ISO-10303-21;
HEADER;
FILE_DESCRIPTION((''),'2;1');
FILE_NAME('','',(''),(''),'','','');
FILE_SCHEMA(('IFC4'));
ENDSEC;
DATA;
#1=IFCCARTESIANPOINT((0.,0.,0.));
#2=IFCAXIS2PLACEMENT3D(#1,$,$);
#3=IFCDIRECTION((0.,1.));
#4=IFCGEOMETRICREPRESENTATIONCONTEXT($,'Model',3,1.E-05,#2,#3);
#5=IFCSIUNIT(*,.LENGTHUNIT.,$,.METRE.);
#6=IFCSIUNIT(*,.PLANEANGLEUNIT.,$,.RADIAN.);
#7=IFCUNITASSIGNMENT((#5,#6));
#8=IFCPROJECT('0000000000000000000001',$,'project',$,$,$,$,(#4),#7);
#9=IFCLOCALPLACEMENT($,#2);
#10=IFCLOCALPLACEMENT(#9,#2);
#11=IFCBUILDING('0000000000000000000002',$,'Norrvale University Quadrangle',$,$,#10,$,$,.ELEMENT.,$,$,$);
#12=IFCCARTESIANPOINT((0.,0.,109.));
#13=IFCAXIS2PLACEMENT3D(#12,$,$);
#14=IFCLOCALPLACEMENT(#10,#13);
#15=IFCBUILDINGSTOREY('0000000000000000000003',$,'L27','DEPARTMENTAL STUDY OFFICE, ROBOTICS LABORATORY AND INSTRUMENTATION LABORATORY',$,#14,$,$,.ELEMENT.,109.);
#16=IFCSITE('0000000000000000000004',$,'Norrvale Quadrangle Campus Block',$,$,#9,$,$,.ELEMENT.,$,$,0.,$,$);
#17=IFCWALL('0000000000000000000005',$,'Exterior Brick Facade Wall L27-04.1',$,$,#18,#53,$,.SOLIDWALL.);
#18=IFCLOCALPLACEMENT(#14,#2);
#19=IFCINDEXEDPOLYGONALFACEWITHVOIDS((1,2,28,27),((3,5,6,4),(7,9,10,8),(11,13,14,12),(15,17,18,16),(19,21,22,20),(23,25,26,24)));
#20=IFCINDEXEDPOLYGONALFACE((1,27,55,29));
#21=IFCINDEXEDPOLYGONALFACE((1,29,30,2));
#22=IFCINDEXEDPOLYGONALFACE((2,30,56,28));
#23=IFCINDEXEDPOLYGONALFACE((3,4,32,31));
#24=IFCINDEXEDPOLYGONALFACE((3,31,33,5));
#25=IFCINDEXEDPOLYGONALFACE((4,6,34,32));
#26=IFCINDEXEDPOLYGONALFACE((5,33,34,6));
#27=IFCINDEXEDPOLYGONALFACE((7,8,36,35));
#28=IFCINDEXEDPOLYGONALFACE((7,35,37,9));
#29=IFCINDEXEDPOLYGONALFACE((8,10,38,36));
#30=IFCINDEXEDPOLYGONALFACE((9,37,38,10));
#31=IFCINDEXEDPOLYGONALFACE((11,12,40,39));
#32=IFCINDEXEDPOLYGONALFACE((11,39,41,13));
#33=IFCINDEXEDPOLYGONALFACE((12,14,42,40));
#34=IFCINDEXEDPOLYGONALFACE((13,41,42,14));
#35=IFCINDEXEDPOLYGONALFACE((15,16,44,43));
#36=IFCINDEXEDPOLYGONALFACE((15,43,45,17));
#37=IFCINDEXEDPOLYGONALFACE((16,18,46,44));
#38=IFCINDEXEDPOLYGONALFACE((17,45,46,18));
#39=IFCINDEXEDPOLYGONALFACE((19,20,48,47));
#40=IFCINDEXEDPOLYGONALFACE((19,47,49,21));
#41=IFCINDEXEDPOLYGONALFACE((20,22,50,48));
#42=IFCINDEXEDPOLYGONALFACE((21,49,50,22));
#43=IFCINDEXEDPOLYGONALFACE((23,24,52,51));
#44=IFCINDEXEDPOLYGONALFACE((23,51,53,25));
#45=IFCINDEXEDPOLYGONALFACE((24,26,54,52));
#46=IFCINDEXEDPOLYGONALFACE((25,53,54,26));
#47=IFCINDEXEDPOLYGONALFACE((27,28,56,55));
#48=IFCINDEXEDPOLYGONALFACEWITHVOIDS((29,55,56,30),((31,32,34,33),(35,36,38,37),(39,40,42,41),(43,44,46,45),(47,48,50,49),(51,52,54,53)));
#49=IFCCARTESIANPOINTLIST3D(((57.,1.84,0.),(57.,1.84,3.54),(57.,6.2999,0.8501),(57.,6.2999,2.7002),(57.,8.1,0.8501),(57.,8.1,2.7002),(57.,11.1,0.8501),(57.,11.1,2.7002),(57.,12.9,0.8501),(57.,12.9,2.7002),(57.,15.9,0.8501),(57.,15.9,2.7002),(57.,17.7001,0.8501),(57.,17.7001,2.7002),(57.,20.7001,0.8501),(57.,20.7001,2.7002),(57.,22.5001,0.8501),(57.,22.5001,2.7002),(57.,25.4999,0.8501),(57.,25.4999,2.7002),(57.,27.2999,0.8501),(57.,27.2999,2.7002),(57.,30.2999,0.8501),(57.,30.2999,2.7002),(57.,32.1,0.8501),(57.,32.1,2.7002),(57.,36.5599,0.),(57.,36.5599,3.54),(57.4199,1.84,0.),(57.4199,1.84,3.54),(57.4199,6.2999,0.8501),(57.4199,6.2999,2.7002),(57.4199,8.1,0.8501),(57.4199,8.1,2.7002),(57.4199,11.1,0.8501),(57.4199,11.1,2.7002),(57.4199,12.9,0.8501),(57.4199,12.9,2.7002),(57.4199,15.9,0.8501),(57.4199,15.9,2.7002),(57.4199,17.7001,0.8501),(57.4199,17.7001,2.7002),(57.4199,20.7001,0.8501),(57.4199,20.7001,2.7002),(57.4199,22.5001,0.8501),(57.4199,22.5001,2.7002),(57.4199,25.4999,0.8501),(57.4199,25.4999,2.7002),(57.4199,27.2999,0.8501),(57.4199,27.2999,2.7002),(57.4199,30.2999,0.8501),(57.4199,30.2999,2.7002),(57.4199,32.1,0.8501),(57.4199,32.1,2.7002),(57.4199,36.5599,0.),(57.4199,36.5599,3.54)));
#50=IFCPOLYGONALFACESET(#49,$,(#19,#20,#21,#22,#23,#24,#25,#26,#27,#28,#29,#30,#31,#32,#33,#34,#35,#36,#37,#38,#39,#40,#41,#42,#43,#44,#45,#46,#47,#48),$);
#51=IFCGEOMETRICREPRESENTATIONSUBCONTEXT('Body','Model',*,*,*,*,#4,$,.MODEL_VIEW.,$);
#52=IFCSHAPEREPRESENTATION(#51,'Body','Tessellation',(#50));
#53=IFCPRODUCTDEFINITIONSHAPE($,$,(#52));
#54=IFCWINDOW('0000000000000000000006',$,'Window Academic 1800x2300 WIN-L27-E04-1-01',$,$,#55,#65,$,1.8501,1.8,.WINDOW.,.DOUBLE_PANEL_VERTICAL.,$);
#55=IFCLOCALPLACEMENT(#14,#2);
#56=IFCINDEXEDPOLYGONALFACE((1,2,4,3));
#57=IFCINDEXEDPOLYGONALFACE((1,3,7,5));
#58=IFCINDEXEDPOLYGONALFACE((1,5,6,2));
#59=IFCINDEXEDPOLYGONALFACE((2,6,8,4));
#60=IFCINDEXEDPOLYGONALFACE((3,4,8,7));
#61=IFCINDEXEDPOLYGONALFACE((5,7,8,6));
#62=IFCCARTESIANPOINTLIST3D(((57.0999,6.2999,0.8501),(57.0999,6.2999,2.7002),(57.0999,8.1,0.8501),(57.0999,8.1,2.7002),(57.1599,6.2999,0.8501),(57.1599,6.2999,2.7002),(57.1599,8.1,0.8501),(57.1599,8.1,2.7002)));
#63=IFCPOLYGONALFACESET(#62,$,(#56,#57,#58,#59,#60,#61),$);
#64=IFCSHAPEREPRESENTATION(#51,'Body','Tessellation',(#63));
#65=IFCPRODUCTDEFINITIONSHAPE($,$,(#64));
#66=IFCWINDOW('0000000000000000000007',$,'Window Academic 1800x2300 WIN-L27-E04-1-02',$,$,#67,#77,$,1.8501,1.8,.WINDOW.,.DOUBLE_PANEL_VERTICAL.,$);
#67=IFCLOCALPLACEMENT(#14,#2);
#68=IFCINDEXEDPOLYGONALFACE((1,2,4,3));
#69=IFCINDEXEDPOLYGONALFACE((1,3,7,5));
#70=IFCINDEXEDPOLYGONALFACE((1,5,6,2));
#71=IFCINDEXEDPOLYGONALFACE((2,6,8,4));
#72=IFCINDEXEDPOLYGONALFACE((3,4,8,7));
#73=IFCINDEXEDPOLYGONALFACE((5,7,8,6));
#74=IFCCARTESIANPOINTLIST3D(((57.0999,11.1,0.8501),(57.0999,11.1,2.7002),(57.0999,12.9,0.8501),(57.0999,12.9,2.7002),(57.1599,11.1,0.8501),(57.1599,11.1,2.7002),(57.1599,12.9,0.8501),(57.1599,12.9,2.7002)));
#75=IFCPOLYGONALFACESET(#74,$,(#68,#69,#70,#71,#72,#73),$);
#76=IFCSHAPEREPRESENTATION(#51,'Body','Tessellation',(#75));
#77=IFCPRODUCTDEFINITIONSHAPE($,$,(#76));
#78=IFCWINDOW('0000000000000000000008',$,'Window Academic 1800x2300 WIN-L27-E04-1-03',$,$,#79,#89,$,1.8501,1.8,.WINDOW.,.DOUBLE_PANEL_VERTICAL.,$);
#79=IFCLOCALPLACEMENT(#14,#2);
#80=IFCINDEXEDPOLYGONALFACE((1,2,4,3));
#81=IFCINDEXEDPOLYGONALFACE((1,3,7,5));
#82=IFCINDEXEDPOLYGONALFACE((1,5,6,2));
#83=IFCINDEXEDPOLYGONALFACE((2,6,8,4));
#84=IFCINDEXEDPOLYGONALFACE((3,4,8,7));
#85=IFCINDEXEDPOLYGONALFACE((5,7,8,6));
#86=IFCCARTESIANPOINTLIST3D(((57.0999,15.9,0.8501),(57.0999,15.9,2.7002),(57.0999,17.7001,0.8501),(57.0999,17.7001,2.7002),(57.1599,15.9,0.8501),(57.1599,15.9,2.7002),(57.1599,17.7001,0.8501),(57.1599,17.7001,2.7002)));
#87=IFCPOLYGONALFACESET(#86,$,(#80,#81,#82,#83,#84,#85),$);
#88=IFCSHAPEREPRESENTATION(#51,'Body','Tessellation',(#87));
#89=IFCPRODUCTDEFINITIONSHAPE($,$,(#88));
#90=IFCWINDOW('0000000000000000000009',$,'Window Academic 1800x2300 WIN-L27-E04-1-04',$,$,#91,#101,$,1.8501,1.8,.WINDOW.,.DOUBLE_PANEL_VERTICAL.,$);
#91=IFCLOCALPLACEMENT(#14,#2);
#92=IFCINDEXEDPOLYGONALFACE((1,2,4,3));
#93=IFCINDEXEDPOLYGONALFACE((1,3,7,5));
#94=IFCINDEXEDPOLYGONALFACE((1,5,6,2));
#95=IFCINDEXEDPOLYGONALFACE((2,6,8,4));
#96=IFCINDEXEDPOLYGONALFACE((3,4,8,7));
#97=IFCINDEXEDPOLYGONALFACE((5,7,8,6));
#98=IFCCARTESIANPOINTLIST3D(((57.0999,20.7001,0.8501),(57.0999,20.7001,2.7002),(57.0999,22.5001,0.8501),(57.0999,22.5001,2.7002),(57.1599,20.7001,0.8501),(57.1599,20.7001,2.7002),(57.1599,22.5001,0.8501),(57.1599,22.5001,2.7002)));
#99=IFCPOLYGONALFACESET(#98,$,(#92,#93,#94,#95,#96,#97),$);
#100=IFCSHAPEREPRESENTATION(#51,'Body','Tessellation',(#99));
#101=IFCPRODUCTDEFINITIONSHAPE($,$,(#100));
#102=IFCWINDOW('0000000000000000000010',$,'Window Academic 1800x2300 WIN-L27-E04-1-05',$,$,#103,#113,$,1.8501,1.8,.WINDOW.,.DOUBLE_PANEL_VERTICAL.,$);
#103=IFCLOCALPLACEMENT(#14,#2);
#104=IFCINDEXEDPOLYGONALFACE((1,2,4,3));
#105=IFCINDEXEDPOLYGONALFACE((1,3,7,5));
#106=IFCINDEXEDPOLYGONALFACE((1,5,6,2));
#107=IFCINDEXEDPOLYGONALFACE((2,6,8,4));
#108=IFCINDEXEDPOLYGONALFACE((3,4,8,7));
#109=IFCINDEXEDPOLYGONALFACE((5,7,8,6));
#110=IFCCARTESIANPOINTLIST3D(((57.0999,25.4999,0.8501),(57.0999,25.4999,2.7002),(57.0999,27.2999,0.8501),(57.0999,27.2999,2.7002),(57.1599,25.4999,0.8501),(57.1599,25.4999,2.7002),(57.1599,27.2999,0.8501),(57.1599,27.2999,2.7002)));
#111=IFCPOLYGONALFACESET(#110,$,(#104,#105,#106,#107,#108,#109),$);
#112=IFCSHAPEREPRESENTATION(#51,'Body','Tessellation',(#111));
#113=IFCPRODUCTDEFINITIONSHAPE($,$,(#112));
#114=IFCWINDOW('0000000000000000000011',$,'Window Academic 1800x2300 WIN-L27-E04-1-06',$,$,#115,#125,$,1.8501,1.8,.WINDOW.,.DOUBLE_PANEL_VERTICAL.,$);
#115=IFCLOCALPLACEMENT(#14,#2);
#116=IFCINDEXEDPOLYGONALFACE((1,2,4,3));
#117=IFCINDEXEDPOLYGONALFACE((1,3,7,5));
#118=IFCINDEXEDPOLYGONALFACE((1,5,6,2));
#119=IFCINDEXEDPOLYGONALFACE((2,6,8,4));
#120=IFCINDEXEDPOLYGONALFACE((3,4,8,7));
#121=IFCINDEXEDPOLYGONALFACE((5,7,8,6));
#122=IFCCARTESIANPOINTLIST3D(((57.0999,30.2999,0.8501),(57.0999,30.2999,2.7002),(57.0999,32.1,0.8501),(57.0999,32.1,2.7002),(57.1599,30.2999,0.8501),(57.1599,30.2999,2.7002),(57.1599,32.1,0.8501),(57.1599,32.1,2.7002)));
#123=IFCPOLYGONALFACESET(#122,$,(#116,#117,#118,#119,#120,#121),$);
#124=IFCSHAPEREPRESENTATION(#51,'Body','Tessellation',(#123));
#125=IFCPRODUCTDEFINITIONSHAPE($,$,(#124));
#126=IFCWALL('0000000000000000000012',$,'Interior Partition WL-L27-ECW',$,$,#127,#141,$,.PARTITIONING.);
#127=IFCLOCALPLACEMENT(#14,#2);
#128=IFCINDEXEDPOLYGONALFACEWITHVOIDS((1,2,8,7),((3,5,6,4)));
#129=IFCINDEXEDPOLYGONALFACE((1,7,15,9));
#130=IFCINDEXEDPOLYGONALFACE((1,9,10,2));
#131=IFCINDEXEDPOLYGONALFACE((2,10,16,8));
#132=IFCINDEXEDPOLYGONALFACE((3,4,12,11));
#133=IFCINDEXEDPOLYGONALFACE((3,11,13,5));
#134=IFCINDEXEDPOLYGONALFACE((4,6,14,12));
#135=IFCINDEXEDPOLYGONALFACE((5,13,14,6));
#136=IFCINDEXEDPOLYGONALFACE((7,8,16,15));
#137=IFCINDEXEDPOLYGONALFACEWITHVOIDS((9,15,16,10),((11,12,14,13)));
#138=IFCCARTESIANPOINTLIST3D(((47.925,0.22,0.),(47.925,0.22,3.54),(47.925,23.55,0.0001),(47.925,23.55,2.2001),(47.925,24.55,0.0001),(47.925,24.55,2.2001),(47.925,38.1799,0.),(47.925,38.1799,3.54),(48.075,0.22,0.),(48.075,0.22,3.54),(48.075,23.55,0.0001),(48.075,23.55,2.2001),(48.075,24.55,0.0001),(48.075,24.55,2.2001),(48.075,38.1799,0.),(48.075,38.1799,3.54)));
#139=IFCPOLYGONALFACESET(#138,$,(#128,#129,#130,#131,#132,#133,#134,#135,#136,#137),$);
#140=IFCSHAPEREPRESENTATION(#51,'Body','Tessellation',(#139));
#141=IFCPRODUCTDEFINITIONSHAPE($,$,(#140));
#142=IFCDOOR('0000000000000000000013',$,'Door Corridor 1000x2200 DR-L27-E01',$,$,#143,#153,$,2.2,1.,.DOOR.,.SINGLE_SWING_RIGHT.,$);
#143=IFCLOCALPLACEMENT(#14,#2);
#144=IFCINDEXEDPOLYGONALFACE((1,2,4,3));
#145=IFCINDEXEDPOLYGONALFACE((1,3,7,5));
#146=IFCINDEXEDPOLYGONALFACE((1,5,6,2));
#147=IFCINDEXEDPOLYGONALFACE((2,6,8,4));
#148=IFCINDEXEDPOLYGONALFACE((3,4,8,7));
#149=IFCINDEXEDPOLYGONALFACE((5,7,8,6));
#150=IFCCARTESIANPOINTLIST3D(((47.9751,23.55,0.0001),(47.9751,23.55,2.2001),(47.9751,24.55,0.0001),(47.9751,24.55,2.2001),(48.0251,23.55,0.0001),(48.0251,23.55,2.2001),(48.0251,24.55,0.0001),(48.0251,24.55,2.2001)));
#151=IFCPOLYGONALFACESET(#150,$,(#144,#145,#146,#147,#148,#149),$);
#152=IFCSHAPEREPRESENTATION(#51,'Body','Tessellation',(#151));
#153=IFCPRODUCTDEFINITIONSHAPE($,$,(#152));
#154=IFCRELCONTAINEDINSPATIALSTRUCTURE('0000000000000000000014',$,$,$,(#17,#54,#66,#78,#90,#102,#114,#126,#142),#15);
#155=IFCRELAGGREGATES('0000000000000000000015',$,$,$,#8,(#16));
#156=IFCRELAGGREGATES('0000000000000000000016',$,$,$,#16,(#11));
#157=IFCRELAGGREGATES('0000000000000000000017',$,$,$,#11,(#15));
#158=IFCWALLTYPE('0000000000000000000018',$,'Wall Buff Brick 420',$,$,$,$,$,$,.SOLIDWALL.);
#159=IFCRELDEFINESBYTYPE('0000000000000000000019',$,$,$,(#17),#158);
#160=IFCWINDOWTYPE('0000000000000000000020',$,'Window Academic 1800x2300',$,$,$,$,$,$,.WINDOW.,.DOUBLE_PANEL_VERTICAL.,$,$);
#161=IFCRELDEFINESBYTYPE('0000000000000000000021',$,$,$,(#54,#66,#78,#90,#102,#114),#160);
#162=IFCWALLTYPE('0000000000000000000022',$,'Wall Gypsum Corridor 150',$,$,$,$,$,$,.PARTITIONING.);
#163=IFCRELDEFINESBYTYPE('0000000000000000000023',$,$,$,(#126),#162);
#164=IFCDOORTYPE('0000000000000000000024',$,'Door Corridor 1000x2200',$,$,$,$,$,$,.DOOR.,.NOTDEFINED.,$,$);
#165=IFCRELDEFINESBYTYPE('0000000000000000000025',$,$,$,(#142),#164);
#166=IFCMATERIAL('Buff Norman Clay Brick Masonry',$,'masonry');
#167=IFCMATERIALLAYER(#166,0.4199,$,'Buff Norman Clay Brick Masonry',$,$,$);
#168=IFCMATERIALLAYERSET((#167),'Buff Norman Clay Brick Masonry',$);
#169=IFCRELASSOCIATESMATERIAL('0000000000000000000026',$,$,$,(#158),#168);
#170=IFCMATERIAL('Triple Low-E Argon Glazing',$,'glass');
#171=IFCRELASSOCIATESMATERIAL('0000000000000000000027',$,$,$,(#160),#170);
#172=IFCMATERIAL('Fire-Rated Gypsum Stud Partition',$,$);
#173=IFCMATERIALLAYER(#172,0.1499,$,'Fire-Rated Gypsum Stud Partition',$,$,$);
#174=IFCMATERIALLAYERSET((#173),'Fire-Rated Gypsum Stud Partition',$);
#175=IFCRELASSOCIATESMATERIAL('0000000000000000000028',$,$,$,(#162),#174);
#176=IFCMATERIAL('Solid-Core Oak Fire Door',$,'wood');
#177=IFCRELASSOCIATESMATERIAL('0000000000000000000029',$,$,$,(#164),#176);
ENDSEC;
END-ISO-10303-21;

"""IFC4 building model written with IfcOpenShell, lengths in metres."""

from ifc_helpers import new_model, si_unit, direction, frame, frame_2d, origin, place, context, subcontext, project, spatial, rectangle, extrude, material, layer, layer_set, type_object, element, fill, save


model = new_model("IFC4")

# Units and contexts
model_context = context("Model", 3, precision=1e-05, world=origin(), true_north=direction((0.0, 1.0)))
body_context = subcontext(model_context, "Body", "Model", "MODEL_VIEW")
ifc_project = project(units=[si_unit("LENGTHUNIT", "METRE"), si_unit("PLANEANGLEUNIT", "RADIAN")], contexts=[model_context])

# Site, building, storey
site_placement = place(None, origin())
site = spatial("IfcSite", under=ifc_project, at=site_placement, Name="Norrvale Quadrangle Campus Block", CompositionType="ELEMENT", RefElevation=0.0)
building_placement = place(site_placement, origin())
building = spatial("IfcBuilding", under=site, at=building_placement, Name="Norrvale University Quadrangle", CompositionType="ELEMENT")
storey_placement = place(building_placement, frame((0.0, 0.0, 109.0)))
storey = spatial("IfcBuildingStorey", under=building, at=storey_placement, Name="L27", Description="DEPARTMENTAL STUDY OFFICE, ROBOTICS LABORATORY AND INSTRUMENTATION LABORATORY", CompositionType="ELEMENT", Elevation=109.0)

# Shared definitions
ifc_material_1 = material(Name="Buff Norman Clay Brick Masonry", Category="masonry")
ifc_layer_1 = layer(ifc_material_1, 0.4199, Name="Buff Norman Clay Brick Masonry")
ifc_layer_set_1 = layer_set([ifc_layer_1], Name="Buff Norman Clay Brick Masonry")
wall_type_1 = type_object("IfcWallType", Name="Wall Buff Brick 420", PredefinedType="SOLIDWALL", material=ifc_layer_set_1)

# Wall, openings, windows
wall_1_placement = place(storey_placement, frame((57.21, 1.8401, 0.0), z_axis=(0.0, 0.0, 1.0), x_axis=(0.0, 1.0, 0.0)))
wall_1 = element("IfcWall", 1, at=wall_1_placement, inside=storey, type_object=wall_type_1, Name="Exterior Brick Facade Wall L27-04.1", PredefinedType="SOLIDWALL", context=body_context, shape_type="SweptSolid", body=[
    extrude(rectangle(XDim=34.72, YDim=0.4199, at=frame_2d((17.3599, 0.0))), origin(), (0.0, 0.0, 1.0), 3.54),
])
opening_1_placement = place(wall_1_placement, frame((4.46, 0.0, 0.8501)))
opening_1 = element("IfcOpeningElement", 2, at=opening_1_placement, cuts=wall_1, PredefinedType="OPENING", context=body_context, shape_type="SweptSolid", body=[
    extrude(rectangle(XDim=1.8, YDim=1.8501, at=frame_2d((0.8999, 0.925))), frame((0.0, 0.2219, 0.0), z_axis=(0.0, -1.0, 0.0), x_axis=(1.0, 0.0, 0.0)), (0.0, 0.0, 1.0), 0.4438),
])
opening_2_placement = place(wall_1_placement, frame((9.26, 0.0, 0.8501)))
opening_2 = element("IfcOpeningElement", 3, at=opening_2_placement, cuts=wall_1, PredefinedType="OPENING", context=body_context, shape_type="SweptSolid", body=[
    extrude(rectangle(XDim=1.8, YDim=1.8501, at=frame_2d((0.8999, 0.925))), frame((0.0, 0.2219, 0.0), z_axis=(0.0, -1.0, 0.0), x_axis=(1.0, 0.0, 0.0)), (0.0, 0.0, 1.0), 0.4438),
])
opening_3_placement = place(wall_1_placement, frame((14.0601, 0.0, 0.8501)))
opening_3 = element("IfcOpeningElement", 4, at=opening_3_placement, cuts=wall_1, PredefinedType="OPENING", context=body_context, shape_type="SweptSolid", body=[
    extrude(rectangle(XDim=1.8, YDim=1.8501, at=frame_2d((0.8999, 0.925))), frame((0.0, 0.2219, 0.0), z_axis=(0.0, -1.0, 0.0), x_axis=(1.0, 0.0, 0.0)), (0.0, 0.0, 1.0), 0.4438),
])
opening_4_placement = place(wall_1_placement, frame((18.8601, 0.0, 0.8501)))
opening_4 = element("IfcOpeningElement", 5, at=opening_4_placement, cuts=wall_1, PredefinedType="OPENING", context=body_context, shape_type="SweptSolid", body=[
    extrude(rectangle(XDim=1.8, YDim=1.8501, at=frame_2d((0.8999, 0.925))), frame((0.0, 0.2219, 0.0), z_axis=(0.0, -1.0, 0.0), x_axis=(1.0, 0.0, 0.0)), (0.0, 0.0, 1.0), 0.4438),
])
opening_5_placement = place(wall_1_placement, frame((23.6599, 0.0, 0.8501)))
opening_5 = element("IfcOpeningElement", 6, at=opening_5_placement, cuts=wall_1, PredefinedType="OPENING", context=body_context, shape_type="SweptSolid", body=[
    extrude(rectangle(XDim=1.8, YDim=1.8501, at=frame_2d((0.8999, 0.925))), frame((0.0, 0.2219, 0.0), z_axis=(0.0, -1.0, 0.0), x_axis=(1.0, 0.0, 0.0)), (0.0, 0.0, 1.0), 0.4438),
])
opening_6_placement = place(wall_1_placement, frame((28.46, 0.0, 0.8501)))
opening_6 = element("IfcOpeningElement", 7, at=opening_6_placement, cuts=wall_1, PredefinedType="OPENING", context=body_context, shape_type="SweptSolid", body=[
    extrude(rectangle(XDim=1.8, YDim=1.8501, at=frame_2d((0.8999, 0.925))), frame((0.0, 0.2219, 0.0), z_axis=(0.0, -1.0, 0.0), x_axis=(1.0, 0.0, 0.0)), (0.0, 0.0, 1.0), 0.4438),
])
ifc_material_2 = material(Name="Triple Low-E Argon Glazing", Category="glass")
window_type = type_object("IfcWindowType", Name="Window Academic 1800x2300", PartitioningType="DOUBLE_PANEL_VERTICAL", PredefinedType="WINDOW", material=ifc_material_2)
window_1_placement = place(opening_1_placement, origin())
window_1 = element("IfcWindow", 8, at=window_1_placement, inside=storey, type_object=window_type, Name="Window Academic 1800x2300 WIN-L27-E04-1-01", OverallHeight=1.8501, OverallWidth=1.8, PartitioningType="DOUBLE_PANEL_VERTICAL", PredefinedType="WINDOW", context=body_context, shape_type="SweptSolid", body=[
    extrude(rectangle(XDim=1.8, YDim=1.8501, at=frame_2d((0.8999, 0.925))), frame((0.0, 0.1101, 0.0), z_axis=(0.0, -1.0, 0.0), x_axis=(1.0, 0.0, 0.0)), (0.0, 0.0, 1.0), 0.0601),
])
fill(opening_1, window_1)
window_2_placement = place(opening_2_placement, origin())
window_2 = element("IfcWindow", 9, at=window_2_placement, inside=storey, type_object=window_type, Name="Window Academic 1800x2300 WIN-L27-E04-1-02", OverallHeight=1.8501, OverallWidth=1.8, PartitioningType="DOUBLE_PANEL_VERTICAL", PredefinedType="WINDOW", context=body_context, shape_type="SweptSolid", body=[
    extrude(rectangle(XDim=1.8, YDim=1.8501, at=frame_2d((0.8999, 0.925))), frame((0.0, 0.1101, 0.0), z_axis=(0.0, -1.0, 0.0), x_axis=(1.0, 0.0, 0.0)), (0.0, 0.0, 1.0), 0.0601),
])
fill(opening_2, window_2)
window_3_placement = place(opening_3_placement, origin())
window_3 = element("IfcWindow", 10, at=window_3_placement, inside=storey, type_object=window_type, Name="Window Academic 1800x2300 WIN-L27-E04-1-03", OverallHeight=1.8501, OverallWidth=1.8, PartitioningType="DOUBLE_PANEL_VERTICAL", PredefinedType="WINDOW", context=body_context, shape_type="SweptSolid", body=[
    extrude(rectangle(XDim=1.8, YDim=1.8501, at=frame_2d((0.8999, 0.925))), frame((0.0, 0.1101, 0.0), z_axis=(0.0, -1.0, 0.0), x_axis=(1.0, 0.0, 0.0)), (0.0, 0.0, 1.0), 0.0601),
])
fill(opening_3, window_3)
window_4_placement = place(opening_4_placement, origin())
window_4 = element("IfcWindow", 11, at=window_4_placement, inside=storey, type_object=window_type, Name="Window Academic 1800x2300 WIN-L27-E04-1-04", OverallHeight=1.8501, OverallWidth=1.8, PartitioningType="DOUBLE_PANEL_VERTICAL", PredefinedType="WINDOW", context=body_context, shape_type="SweptSolid", body=[
    extrude(rectangle(XDim=1.8, YDim=1.8501, at=frame_2d((0.8999, 0.925))), frame((0.0, 0.1101, 0.0), z_axis=(0.0, -1.0, 0.0), x_axis=(1.0, 0.0, 0.0)), (0.0, 0.0, 1.0), 0.0601),
])
fill(opening_4, window_4)
window_5_placement = place(opening_5_placement, origin())
window_5 = element("IfcWindow", 12, at=window_5_placement, inside=storey, type_object=window_type, Name="Window Academic 1800x2300 WIN-L27-E04-1-05", OverallHeight=1.8501, OverallWidth=1.8, PartitioningType="DOUBLE_PANEL_VERTICAL", PredefinedType="WINDOW", context=body_context, shape_type="SweptSolid", body=[
    extrude(rectangle(XDim=1.8, YDim=1.8501, at=frame_2d((0.8999, 0.925))), frame((0.0, 0.1101, 0.0), z_axis=(0.0, -1.0, 0.0), x_axis=(1.0, 0.0, 0.0)), (0.0, 0.0, 1.0), 0.0601),
])
fill(opening_5, window_5)
window_6_placement = place(opening_6_placement, origin())
window_6 = element("IfcWindow", 13, at=window_6_placement, inside=storey, type_object=window_type, Name="Window Academic 1800x2300 WIN-L27-E04-1-06", OverallHeight=1.8501, OverallWidth=1.8, PartitioningType="DOUBLE_PANEL_VERTICAL", PredefinedType="WINDOW", context=body_context, shape_type="SweptSolid", body=[
    extrude(rectangle(XDim=1.8, YDim=1.8501, at=frame_2d((0.8999, 0.925))), frame((0.0, 0.1101, 0.0), z_axis=(0.0, -1.0, 0.0), x_axis=(1.0, 0.0, 0.0)), (0.0, 0.0, 1.0), 0.0601),
])
fill(opening_6, window_6)

# Wall, opening, door
ifc_material_3 = material(Name="Fire-Rated Gypsum Stud Partition")
ifc_layer_2 = layer(ifc_material_3, 0.1499, Name="Fire-Rated Gypsum Stud Partition")
ifc_layer_set_2 = layer_set([ifc_layer_2], Name="Fire-Rated Gypsum Stud Partition")
wall_type_2 = type_object("IfcWallType", Name="Wall Gypsum Corridor 150", PredefinedType="PARTITIONING", material=ifc_layer_set_2)
wall_2_placement = place(storey_placement, frame((48.0, 0.22, 0.0), z_axis=(0.0, 0.0, 1.0), x_axis=(0.0, 1.0, 0.0)))
wall_2 = element("IfcWall", 14, at=wall_2_placement, inside=storey, type_object=wall_type_2, Name="Interior Partition WL-L27-ECW", PredefinedType="PARTITIONING", context=body_context, shape_type="SweptSolid", body=[
    extrude(rectangle(XDim=37.96, YDim=0.1499, at=frame_2d((18.98, 0.0))), origin(), (0.0, 0.0, 1.0), 3.54),
])
opening_7_placement = place(wall_2_placement, frame((23.3301, 0.0, 0.0)))
opening_7 = element("IfcOpeningElement", 15, at=opening_7_placement, cuts=wall_2, PredefinedType="OPENING", context=body_context, shape_type="SweptSolid", body=[
    extrude(rectangle(XDim=1.0, YDim=2.2, at=frame_2d((0.5, 1.1001))), frame((0.0, 0.0869, 0.0), z_axis=(0.0, -1.0, 0.0), x_axis=(1.0, 0.0, 0.0)), (0.0, 0.0, 1.0), 0.1738),
])
ifc_material_4 = material(Name="Solid-Core Oak Fire Door", Category="wood")
door_type = type_object("IfcDoorType", Name="Door Corridor 1000x2200", OperationType="NOTDEFINED", PredefinedType="DOOR", material=ifc_material_4)
door_placement = place(opening_7_placement, origin())
door = element("IfcDoor", 16, at=door_placement, inside=storey, type_object=door_type, Name="Door Corridor 1000x2200 DR-L27-E01", OperationType="SINGLE_SWING_RIGHT", OverallHeight=2.2, OverallWidth=1.0, PredefinedType="DOOR", context=body_context, shape_type="SweptSolid", body=[
    extrude(rectangle(XDim=1.0, YDim=2.2, at=frame_2d((0.5, 1.1001))), frame((0.0, 0.0249, 0.0), z_axis=(0.0, -1.0, 0.0), x_axis=(1.0, 0.0, 0.0)), (0.0, 0.0, 1.0), 0.05),
])
fill(opening_7, door)

save(model, "model.ifc")
